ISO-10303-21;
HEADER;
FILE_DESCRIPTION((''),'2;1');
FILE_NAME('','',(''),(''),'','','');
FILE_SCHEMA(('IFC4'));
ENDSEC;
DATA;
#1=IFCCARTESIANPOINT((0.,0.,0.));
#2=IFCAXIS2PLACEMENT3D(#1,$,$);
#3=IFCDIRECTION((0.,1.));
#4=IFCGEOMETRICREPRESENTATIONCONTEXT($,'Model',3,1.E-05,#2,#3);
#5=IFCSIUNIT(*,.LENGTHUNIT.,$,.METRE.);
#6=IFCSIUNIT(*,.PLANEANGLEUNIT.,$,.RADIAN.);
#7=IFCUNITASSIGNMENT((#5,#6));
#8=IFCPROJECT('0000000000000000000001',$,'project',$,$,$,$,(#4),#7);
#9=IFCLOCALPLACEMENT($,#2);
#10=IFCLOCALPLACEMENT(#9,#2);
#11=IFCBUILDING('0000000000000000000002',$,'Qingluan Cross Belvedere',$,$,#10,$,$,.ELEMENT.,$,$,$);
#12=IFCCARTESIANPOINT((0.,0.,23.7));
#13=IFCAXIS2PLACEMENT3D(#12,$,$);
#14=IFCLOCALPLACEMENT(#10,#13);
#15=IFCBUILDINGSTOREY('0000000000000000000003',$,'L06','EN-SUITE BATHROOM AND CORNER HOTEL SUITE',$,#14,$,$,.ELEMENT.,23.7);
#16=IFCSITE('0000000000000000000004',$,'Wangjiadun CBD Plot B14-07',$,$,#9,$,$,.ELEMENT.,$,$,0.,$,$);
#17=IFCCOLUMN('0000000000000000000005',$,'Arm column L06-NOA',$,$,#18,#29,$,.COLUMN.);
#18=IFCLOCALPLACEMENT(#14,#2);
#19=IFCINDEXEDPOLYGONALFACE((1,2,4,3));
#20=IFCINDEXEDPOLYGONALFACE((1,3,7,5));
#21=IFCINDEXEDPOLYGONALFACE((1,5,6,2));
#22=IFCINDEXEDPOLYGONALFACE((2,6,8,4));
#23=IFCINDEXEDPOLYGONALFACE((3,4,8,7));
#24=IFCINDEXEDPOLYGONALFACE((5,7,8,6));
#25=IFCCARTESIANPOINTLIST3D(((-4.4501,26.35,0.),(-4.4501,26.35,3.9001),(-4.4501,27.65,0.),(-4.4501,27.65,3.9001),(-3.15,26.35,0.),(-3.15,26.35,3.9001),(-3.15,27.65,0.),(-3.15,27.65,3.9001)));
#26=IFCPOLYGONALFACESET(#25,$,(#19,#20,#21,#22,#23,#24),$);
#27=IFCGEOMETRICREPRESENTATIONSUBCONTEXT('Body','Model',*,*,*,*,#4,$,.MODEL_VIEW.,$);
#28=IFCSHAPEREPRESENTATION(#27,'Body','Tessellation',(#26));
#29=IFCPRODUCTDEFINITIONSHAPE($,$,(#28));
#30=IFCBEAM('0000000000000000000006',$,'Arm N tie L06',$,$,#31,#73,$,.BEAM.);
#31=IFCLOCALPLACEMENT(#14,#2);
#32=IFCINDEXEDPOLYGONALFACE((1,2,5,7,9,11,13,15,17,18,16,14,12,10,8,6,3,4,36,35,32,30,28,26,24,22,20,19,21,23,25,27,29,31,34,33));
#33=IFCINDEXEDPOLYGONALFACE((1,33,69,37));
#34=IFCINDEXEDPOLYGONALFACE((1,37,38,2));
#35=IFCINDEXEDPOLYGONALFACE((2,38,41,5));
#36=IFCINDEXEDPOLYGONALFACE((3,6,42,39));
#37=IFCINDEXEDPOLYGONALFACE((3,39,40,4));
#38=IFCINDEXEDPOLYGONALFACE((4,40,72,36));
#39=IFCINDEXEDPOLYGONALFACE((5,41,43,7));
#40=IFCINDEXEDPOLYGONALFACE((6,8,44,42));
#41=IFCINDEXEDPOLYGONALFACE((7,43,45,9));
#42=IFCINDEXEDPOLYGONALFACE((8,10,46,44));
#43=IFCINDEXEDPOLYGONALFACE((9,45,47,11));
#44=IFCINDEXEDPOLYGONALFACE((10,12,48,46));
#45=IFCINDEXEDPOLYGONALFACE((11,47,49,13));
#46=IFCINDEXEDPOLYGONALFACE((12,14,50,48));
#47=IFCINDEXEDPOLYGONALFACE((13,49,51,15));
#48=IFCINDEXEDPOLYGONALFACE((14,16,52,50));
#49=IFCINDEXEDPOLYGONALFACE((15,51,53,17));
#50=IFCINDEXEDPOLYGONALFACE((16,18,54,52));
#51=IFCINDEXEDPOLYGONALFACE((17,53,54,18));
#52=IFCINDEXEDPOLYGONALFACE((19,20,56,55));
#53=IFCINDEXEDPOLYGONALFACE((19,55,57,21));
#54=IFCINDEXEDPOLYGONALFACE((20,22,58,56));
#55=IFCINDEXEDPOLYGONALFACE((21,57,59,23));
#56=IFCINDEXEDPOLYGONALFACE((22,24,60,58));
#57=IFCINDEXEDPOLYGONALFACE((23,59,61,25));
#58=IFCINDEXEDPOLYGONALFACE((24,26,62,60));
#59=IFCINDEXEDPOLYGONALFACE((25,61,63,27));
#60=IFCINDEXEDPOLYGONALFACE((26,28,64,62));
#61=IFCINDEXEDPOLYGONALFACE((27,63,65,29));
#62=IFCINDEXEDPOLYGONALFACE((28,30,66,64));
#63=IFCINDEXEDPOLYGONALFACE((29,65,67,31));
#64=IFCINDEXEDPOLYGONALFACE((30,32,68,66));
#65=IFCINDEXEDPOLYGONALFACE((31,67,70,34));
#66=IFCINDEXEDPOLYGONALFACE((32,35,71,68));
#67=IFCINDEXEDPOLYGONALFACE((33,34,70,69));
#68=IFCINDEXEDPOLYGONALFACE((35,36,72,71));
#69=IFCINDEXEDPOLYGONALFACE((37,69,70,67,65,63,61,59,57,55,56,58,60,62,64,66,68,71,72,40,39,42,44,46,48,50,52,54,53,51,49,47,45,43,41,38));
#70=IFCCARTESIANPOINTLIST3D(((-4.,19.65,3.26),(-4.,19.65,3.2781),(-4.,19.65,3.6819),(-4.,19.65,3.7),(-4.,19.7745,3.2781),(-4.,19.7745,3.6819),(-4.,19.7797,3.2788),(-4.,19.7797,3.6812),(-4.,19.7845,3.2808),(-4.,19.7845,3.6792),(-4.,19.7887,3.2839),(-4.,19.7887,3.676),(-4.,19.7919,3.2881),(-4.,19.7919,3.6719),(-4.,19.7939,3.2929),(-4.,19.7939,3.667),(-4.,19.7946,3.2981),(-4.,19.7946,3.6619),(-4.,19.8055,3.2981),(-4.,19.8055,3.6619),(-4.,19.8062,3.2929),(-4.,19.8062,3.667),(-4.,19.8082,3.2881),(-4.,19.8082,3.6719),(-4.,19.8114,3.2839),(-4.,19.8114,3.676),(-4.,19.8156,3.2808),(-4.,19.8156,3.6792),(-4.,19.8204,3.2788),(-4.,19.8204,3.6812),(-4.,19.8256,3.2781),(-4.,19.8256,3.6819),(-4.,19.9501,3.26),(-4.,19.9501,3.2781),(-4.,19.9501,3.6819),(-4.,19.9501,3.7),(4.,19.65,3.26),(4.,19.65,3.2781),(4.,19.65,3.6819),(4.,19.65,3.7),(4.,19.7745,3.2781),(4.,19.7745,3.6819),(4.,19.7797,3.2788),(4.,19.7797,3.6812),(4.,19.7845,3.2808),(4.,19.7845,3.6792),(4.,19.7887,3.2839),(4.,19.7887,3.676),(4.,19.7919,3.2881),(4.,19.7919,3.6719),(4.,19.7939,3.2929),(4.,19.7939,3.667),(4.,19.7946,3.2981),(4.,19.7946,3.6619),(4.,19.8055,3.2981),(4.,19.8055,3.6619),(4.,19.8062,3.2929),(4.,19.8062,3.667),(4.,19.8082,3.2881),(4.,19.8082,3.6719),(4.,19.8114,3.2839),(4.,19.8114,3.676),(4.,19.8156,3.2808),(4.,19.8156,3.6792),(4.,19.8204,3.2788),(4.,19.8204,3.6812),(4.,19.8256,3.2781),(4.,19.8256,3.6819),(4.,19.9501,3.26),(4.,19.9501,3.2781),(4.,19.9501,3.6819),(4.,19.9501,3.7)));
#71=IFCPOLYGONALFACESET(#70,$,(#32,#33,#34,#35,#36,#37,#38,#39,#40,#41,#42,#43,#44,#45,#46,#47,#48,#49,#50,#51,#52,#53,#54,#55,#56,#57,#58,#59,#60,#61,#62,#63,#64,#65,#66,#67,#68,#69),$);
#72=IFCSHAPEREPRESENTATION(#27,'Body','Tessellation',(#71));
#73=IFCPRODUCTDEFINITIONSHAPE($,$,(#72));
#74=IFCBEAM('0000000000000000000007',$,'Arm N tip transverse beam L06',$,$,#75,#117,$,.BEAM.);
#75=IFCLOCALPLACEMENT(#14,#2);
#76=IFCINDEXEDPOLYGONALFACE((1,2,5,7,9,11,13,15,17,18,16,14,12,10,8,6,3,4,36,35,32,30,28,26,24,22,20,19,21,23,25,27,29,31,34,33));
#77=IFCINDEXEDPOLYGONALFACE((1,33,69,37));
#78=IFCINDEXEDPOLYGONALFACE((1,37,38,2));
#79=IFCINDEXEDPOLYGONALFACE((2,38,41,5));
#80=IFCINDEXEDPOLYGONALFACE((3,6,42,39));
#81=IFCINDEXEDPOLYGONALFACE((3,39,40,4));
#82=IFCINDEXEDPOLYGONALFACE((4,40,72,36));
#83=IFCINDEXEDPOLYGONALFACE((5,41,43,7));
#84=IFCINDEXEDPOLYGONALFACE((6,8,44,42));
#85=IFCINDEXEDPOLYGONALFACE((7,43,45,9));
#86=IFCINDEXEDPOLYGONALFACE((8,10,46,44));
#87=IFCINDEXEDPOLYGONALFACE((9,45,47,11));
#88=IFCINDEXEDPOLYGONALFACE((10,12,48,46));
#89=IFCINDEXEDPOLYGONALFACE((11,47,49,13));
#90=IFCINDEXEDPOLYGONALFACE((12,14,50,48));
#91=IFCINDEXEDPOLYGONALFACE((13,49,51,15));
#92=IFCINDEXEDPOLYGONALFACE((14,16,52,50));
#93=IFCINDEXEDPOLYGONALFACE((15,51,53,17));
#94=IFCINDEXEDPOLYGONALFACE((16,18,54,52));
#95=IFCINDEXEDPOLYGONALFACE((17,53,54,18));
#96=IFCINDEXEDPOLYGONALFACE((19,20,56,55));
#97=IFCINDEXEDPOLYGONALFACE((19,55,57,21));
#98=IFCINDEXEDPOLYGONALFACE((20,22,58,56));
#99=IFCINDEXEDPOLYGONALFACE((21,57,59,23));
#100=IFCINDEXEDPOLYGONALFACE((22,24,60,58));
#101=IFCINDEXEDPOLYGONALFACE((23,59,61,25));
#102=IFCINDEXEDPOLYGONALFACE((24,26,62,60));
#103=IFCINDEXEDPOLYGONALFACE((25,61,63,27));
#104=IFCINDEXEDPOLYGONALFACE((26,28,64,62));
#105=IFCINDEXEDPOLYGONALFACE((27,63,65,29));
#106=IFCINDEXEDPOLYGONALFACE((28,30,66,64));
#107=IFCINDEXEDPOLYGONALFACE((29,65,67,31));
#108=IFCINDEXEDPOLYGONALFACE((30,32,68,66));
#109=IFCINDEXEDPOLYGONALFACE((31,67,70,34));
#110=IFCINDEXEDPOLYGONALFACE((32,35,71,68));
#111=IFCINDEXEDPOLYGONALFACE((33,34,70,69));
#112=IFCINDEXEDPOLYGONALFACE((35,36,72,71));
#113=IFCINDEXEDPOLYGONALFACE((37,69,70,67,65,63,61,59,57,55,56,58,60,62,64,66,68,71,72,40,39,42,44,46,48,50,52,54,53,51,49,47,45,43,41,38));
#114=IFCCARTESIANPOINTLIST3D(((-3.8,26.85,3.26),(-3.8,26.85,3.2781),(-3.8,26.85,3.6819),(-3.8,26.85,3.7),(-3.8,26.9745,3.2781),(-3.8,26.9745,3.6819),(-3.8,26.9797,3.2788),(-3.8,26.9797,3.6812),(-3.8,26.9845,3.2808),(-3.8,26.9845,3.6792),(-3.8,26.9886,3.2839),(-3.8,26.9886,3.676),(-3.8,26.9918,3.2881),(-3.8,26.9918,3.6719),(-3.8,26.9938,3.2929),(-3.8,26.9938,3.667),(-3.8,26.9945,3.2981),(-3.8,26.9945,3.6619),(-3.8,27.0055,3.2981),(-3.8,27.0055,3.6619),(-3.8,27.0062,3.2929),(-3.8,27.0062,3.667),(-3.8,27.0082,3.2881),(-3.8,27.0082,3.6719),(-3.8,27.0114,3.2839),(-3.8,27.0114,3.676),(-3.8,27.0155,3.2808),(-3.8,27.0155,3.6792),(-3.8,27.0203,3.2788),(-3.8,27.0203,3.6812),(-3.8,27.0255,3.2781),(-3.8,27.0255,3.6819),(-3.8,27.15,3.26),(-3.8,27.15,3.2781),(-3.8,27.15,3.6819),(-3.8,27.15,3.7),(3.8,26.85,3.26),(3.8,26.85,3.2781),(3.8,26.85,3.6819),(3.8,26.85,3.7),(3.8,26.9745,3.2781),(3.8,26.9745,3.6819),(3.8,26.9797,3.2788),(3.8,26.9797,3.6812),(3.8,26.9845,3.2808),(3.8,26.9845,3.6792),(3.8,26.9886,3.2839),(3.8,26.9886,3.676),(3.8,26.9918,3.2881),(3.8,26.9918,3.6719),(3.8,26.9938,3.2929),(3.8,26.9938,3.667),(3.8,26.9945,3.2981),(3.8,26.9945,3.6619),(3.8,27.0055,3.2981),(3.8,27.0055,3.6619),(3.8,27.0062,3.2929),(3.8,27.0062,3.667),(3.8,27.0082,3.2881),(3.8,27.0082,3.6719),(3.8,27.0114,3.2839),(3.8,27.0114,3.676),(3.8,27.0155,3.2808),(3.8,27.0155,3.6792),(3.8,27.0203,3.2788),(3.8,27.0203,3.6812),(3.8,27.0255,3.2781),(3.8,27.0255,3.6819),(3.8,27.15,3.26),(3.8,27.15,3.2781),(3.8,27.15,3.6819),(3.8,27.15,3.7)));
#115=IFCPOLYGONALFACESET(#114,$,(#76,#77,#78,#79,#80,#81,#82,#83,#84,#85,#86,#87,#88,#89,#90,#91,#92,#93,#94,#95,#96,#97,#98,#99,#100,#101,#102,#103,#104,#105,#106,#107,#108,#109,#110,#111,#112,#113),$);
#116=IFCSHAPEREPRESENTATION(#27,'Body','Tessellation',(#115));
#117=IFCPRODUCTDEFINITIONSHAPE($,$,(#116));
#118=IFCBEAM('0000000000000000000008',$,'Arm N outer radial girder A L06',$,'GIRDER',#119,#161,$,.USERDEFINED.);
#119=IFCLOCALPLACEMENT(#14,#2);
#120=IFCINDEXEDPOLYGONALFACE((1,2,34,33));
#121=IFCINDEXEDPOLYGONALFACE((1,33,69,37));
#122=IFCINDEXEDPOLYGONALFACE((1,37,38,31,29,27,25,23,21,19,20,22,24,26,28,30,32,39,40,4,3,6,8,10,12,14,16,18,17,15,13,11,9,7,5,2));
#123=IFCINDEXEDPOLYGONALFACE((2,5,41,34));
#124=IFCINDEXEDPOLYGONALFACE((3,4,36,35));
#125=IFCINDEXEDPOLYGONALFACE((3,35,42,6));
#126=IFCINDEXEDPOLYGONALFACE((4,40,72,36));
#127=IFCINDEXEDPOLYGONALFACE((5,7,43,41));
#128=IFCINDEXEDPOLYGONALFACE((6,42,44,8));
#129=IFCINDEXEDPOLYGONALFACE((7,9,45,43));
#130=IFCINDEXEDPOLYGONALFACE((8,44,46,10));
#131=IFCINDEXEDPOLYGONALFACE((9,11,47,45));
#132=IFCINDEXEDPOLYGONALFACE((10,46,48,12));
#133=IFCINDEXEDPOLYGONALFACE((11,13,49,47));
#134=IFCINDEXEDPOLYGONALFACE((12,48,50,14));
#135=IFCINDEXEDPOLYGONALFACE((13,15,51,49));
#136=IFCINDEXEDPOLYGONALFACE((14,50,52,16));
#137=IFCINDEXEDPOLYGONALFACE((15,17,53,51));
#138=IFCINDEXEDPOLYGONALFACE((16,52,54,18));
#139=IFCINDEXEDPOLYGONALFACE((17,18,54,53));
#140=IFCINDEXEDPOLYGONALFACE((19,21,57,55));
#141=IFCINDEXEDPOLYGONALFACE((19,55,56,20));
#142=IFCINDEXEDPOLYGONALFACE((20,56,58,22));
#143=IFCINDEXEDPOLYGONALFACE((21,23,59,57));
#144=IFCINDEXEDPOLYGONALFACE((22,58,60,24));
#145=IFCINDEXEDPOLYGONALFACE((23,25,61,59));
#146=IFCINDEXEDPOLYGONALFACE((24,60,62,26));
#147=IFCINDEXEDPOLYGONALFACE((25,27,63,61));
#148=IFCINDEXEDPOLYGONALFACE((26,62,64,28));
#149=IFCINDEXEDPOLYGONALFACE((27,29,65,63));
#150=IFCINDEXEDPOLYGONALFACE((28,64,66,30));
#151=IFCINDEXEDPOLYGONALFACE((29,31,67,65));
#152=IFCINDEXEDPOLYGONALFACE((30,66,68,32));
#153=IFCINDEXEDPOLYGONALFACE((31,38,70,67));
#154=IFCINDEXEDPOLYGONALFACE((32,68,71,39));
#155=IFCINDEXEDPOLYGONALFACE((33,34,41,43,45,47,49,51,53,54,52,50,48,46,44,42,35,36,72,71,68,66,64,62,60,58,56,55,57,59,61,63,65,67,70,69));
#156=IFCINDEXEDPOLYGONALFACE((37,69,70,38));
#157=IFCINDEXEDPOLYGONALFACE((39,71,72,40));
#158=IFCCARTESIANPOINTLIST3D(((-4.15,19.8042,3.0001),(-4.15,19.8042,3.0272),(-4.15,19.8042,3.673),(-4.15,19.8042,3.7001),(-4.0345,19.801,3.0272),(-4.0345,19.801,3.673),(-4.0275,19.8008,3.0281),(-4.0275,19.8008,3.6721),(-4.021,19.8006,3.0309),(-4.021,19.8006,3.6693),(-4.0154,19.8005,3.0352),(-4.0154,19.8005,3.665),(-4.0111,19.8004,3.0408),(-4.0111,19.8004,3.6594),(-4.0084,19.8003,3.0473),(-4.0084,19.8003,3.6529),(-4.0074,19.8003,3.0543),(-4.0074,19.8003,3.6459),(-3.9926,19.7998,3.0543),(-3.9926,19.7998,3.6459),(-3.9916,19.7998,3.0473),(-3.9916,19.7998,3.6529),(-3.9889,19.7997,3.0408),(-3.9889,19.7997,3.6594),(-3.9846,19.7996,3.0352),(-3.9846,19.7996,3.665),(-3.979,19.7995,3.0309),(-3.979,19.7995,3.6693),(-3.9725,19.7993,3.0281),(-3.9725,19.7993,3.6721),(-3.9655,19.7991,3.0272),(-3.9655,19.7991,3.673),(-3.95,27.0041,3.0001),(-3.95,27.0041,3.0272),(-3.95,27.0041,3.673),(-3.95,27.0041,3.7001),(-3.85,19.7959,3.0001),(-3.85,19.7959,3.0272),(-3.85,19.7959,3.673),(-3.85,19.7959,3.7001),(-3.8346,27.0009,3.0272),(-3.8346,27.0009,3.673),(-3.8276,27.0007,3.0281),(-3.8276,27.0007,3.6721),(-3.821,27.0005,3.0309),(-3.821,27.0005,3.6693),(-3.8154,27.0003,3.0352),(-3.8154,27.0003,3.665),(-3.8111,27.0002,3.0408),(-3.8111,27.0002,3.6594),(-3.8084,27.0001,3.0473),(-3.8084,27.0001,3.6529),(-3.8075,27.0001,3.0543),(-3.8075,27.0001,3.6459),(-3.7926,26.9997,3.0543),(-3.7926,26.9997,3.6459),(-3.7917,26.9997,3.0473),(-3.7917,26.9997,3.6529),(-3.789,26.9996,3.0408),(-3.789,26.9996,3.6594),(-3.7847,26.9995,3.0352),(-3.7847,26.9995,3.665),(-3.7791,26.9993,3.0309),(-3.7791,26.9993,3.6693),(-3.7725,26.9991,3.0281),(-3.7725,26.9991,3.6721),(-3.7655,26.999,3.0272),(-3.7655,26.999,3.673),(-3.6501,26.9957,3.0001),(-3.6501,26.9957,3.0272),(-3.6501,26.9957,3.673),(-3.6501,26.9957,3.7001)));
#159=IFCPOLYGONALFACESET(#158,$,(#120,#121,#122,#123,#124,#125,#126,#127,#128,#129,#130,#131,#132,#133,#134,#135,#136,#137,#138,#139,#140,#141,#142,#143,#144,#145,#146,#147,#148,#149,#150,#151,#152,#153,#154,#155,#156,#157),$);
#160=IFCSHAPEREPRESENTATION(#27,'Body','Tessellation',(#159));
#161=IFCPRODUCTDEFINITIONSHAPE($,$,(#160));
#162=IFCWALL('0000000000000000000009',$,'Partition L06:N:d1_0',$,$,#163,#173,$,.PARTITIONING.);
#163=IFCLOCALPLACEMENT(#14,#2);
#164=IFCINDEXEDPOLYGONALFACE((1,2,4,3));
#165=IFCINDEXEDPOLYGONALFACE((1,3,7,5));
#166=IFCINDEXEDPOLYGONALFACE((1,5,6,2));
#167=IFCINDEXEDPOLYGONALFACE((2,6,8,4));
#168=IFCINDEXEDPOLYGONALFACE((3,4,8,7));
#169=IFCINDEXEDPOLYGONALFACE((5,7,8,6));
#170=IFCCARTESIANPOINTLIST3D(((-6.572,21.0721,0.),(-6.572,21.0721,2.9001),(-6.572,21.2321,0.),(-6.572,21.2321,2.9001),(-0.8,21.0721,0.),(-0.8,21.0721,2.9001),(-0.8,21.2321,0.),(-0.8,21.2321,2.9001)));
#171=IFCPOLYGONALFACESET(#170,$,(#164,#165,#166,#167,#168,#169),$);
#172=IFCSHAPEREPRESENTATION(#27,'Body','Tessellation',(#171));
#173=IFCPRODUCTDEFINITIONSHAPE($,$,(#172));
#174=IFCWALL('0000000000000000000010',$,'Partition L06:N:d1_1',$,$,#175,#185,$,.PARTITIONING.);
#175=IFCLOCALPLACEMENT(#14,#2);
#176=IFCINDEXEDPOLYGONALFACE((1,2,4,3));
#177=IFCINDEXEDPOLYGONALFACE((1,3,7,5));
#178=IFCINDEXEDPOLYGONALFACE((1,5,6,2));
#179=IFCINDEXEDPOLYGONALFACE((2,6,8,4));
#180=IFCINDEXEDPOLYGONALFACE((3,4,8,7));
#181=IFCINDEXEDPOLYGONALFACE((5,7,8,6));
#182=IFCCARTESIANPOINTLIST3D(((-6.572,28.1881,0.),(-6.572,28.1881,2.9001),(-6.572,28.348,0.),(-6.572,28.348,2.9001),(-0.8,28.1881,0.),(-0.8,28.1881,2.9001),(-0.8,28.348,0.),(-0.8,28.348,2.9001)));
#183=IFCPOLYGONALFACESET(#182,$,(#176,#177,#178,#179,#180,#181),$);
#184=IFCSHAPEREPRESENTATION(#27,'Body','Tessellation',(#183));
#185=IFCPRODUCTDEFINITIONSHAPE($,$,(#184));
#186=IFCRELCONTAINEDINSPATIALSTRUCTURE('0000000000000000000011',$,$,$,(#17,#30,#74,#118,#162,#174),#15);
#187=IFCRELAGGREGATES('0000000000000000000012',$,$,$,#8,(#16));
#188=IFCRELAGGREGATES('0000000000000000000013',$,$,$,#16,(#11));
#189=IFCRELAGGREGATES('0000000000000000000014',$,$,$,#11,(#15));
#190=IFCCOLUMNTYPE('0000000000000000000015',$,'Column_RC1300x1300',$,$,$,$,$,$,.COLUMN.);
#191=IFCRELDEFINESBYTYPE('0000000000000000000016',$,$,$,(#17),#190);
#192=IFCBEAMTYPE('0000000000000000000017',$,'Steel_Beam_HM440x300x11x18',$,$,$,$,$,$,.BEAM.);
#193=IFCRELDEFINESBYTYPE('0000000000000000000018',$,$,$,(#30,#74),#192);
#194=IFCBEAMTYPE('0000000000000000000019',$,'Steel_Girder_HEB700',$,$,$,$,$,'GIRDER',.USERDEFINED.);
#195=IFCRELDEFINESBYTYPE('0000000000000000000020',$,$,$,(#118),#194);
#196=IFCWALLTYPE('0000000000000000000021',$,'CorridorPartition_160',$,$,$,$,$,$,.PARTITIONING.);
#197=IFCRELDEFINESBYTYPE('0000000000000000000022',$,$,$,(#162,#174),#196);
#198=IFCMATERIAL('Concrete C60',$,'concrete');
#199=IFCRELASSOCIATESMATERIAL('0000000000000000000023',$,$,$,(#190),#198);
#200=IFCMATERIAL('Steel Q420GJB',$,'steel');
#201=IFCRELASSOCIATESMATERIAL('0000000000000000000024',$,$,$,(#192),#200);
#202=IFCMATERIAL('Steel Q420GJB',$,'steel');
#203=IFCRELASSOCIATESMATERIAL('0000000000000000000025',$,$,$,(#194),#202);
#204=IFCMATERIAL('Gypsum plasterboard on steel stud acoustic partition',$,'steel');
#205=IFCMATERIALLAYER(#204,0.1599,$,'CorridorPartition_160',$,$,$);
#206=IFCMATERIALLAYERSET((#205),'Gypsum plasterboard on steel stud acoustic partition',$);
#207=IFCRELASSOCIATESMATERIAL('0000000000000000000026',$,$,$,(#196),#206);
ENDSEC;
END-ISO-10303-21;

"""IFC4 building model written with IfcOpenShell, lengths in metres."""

from ifc_helpers import new_model, si_unit, direction, frame, frame_2d, origin, origin_2d, place, context, subcontext, project, spatial, rectangle, i_section, extrude, material, layer, layer_set, material_profile, profile_set, type_object, element, save


model = new_model("IFC4")

# Units and contexts
model_context = context("Model", 3, precision=1e-05, world=origin(), true_north=direction((0.0, 1.0)))
body_context = subcontext(model_context, "Body", "Model", "MODEL_VIEW")
ifc_project = project(units=[si_unit("LENGTHUNIT", "METRE"), si_unit("PLANEANGLEUNIT", "RADIAN")], contexts=[model_context])

# Site, building, storey
site_placement = place(None, origin())
site = spatial("IfcSite", under=ifc_project, at=site_placement, Name="Wangjiadun CBD Plot B14-07", CompositionType="ELEMENT", RefElevation=0.0)
building_placement = place(site_placement, origin())
building = spatial("IfcBuilding", under=site, at=building_placement, Name="Qingluan Cross Belvedere", CompositionType="ELEMENT")
storey_placement = place(building_placement, frame((0.0, 0.0, 23.7)))
storey = spatial("IfcBuildingStorey", under=building, at=storey_placement, Name="L06", Description="EN-SUITE BATHROOM AND CORNER HOTEL SUITE", CompositionType="ELEMENT", Elevation=23.7)

# Column
ifc_material_1 = material(Name="Concrete C60", Category="concrete")
ifc_material_profile_1 = material_profile(ifc_material_1, rectangle(XDim=1.3, YDim=1.3, at=origin_2d()), Name="RC1300x1300")
ifc_profile_set_1 = profile_set([ifc_material_profile_1], Name="Concrete C60")
column_type = type_object("IfcColumnType", Name="Column_RC1300x1300", PredefinedType="COLUMN", material=ifc_profile_set_1)
column_placement = place(storey_placement, frame((-3.8, 27.0, 0.0), z_axis=(0.0, 0.0, 1.0), x_axis=(1.0, 0.0, 0.0)))
element("IfcColumn", 1, at=column_placement, inside=storey, type_object=column_type, Name="Arm column L06-NOA", PredefinedType="COLUMN", context=body_context, shape_type="SweptSolid", body=[
    extrude(rectangle(XDim=1.3, YDim=1.3, at=origin_2d()), origin(), (0.0, 0.0, 1.0), 3.9001),
])

# Beams
ifc_material_2 = material(Name="Steel Q420GJB", Category="steel")
ifc_material_profile_2 = material_profile(ifc_material_2, i_section(OverallWidth=0.3, OverallDepth=0.4399, WebThickness=0.011, FlangeThickness=0.0181, FilletRadius=0.02, at=origin_2d()), Name="HM440x300x11x18")
ifc_profile_set_2 = profile_set([ifc_material_profile_2], Name="Steel Q420GJB")
beam_type_1 = type_object("IfcBeamType", Name="Steel_Beam_HM440x300x11x18", PredefinedType="BEAM", material=ifc_profile_set_2)
beam_1_placement = place(storey_placement, frame((-4.0, 19.8, 3.48), z_axis=(1.0, 0.0, 0.0), x_axis=(0.0, 1.0, 0.0)))
element("IfcBeam", 2, at=beam_1_placement, inside=storey, type_object=beam_type_1, Name="Arm N tie L06", PredefinedType="BEAM", context=body_context, shape_type="SweptSolid", body=[
    extrude(i_section(OverallWidth=0.3, OverallDepth=0.4399, WebThickness=0.011, FlangeThickness=0.0181, FilletRadius=0.02, at=origin_2d()), origin(), (0.0, 0.0, 1.0), 8.0),
])
beam_2_placement = place(storey_placement, frame((-3.8, 27.0, 3.48), z_axis=(1.0, 0.0, 0.0), x_axis=(0.0, 1.0, 0.0)))
element("IfcBeam", 3, at=beam_2_placement, inside=storey, type_object=beam_type_1, Name="Arm N tip transverse beam L06", PredefinedType="BEAM", context=body_context, shape_type="SweptSolid", body=[
    extrude(i_section(OverallWidth=0.3, OverallDepth=0.4399, WebThickness=0.011, FlangeThickness=0.0181, FilletRadius=0.02, at=origin_2d()), origin(), (0.0, 0.0, 1.0), 7.6001),
])
ifc_material_3 = material(Name="Steel Q420GJB", Category="steel")
ifc_material_profile_3 = material_profile(ifc_material_3, i_section(OverallWidth=0.3, OverallDepth=0.7, WebThickness=0.0149, FlangeThickness=0.0271, FilletRadius=0.0271, at=origin_2d()), Name="HEB700")
ifc_profile_set_3 = profile_set([ifc_material_profile_3], Name="Steel Q420GJB")
beam_type_2 = type_object("IfcBeamType", Name="Steel_Girder_HEB700", ElementType="GIRDER", PredefinedType="USERDEFINED", material=ifc_profile_set_3)
beam_3_placement = place(storey_placement, frame((-4.0, 19.8, 3.3501), z_axis=(0.02776, 0.999615, 0.0), x_axis=(-0.999615, 0.02776, 0.0)))
element("IfcBeam", 4, at=beam_3_placement, inside=storey, type_object=beam_type_2, Name="Arm N outer radial girder A L06", ObjectType="GIRDER", PredefinedType="USERDEFINED", context=body_context, shape_type="SweptSolid", body=[
    extrude(i_section(OverallWidth=0.3, OverallDepth=0.7, WebThickness=0.0149, FlangeThickness=0.0271, FilletRadius=0.0271, at=origin_2d()), origin(), (0.0, 0.0, 1.0), 7.2026),
])

# Walls
ifc_material_4 = material(Name="Gypsum plasterboard on steel stud acoustic partition", Category="steel")
ifc_layer_1 = layer(ifc_material_4, 0.1599, Name="CorridorPartition_160")
ifc_layer_set_1 = layer_set([ifc_layer_1], Name="Gypsum plasterboard on steel stud acoustic partition")
wall_type_1 = type_object("IfcWallType", Name="CorridorPartition_160", PredefinedType="PARTITIONING", material=ifc_layer_set_1)
for number, where, z_axis, x_axis, name in (
    (5, (-0.8, 21.1521, 0.0), (0.0, 0.0, 1.0), (-1.0, 0.0, 0.0), "Partition L06:N:d1_0"),
    (6, (-0.8, 28.2681, 0.0), (0.0, 0.0, 1.0), (-1.0, 0.0, 0.0), "Partition L06:N:d1_1"),
):
    element("IfcWall", number, at=place(storey_placement, frame(where, z_axis=z_axis, x_axis=x_axis)), inside=storey, type_object=wall_type_1, Name=name, PredefinedType="PARTITIONING", context=body_context, shape_type="SweptSolid", body=[
        extrude(rectangle(XDim=5.772, YDim=0.1599, at=frame_2d((2.886, 0.0))), origin(), (0.0, 0.0, 1.0), 2.9001),
    ])

save(model, "model.ifc")
